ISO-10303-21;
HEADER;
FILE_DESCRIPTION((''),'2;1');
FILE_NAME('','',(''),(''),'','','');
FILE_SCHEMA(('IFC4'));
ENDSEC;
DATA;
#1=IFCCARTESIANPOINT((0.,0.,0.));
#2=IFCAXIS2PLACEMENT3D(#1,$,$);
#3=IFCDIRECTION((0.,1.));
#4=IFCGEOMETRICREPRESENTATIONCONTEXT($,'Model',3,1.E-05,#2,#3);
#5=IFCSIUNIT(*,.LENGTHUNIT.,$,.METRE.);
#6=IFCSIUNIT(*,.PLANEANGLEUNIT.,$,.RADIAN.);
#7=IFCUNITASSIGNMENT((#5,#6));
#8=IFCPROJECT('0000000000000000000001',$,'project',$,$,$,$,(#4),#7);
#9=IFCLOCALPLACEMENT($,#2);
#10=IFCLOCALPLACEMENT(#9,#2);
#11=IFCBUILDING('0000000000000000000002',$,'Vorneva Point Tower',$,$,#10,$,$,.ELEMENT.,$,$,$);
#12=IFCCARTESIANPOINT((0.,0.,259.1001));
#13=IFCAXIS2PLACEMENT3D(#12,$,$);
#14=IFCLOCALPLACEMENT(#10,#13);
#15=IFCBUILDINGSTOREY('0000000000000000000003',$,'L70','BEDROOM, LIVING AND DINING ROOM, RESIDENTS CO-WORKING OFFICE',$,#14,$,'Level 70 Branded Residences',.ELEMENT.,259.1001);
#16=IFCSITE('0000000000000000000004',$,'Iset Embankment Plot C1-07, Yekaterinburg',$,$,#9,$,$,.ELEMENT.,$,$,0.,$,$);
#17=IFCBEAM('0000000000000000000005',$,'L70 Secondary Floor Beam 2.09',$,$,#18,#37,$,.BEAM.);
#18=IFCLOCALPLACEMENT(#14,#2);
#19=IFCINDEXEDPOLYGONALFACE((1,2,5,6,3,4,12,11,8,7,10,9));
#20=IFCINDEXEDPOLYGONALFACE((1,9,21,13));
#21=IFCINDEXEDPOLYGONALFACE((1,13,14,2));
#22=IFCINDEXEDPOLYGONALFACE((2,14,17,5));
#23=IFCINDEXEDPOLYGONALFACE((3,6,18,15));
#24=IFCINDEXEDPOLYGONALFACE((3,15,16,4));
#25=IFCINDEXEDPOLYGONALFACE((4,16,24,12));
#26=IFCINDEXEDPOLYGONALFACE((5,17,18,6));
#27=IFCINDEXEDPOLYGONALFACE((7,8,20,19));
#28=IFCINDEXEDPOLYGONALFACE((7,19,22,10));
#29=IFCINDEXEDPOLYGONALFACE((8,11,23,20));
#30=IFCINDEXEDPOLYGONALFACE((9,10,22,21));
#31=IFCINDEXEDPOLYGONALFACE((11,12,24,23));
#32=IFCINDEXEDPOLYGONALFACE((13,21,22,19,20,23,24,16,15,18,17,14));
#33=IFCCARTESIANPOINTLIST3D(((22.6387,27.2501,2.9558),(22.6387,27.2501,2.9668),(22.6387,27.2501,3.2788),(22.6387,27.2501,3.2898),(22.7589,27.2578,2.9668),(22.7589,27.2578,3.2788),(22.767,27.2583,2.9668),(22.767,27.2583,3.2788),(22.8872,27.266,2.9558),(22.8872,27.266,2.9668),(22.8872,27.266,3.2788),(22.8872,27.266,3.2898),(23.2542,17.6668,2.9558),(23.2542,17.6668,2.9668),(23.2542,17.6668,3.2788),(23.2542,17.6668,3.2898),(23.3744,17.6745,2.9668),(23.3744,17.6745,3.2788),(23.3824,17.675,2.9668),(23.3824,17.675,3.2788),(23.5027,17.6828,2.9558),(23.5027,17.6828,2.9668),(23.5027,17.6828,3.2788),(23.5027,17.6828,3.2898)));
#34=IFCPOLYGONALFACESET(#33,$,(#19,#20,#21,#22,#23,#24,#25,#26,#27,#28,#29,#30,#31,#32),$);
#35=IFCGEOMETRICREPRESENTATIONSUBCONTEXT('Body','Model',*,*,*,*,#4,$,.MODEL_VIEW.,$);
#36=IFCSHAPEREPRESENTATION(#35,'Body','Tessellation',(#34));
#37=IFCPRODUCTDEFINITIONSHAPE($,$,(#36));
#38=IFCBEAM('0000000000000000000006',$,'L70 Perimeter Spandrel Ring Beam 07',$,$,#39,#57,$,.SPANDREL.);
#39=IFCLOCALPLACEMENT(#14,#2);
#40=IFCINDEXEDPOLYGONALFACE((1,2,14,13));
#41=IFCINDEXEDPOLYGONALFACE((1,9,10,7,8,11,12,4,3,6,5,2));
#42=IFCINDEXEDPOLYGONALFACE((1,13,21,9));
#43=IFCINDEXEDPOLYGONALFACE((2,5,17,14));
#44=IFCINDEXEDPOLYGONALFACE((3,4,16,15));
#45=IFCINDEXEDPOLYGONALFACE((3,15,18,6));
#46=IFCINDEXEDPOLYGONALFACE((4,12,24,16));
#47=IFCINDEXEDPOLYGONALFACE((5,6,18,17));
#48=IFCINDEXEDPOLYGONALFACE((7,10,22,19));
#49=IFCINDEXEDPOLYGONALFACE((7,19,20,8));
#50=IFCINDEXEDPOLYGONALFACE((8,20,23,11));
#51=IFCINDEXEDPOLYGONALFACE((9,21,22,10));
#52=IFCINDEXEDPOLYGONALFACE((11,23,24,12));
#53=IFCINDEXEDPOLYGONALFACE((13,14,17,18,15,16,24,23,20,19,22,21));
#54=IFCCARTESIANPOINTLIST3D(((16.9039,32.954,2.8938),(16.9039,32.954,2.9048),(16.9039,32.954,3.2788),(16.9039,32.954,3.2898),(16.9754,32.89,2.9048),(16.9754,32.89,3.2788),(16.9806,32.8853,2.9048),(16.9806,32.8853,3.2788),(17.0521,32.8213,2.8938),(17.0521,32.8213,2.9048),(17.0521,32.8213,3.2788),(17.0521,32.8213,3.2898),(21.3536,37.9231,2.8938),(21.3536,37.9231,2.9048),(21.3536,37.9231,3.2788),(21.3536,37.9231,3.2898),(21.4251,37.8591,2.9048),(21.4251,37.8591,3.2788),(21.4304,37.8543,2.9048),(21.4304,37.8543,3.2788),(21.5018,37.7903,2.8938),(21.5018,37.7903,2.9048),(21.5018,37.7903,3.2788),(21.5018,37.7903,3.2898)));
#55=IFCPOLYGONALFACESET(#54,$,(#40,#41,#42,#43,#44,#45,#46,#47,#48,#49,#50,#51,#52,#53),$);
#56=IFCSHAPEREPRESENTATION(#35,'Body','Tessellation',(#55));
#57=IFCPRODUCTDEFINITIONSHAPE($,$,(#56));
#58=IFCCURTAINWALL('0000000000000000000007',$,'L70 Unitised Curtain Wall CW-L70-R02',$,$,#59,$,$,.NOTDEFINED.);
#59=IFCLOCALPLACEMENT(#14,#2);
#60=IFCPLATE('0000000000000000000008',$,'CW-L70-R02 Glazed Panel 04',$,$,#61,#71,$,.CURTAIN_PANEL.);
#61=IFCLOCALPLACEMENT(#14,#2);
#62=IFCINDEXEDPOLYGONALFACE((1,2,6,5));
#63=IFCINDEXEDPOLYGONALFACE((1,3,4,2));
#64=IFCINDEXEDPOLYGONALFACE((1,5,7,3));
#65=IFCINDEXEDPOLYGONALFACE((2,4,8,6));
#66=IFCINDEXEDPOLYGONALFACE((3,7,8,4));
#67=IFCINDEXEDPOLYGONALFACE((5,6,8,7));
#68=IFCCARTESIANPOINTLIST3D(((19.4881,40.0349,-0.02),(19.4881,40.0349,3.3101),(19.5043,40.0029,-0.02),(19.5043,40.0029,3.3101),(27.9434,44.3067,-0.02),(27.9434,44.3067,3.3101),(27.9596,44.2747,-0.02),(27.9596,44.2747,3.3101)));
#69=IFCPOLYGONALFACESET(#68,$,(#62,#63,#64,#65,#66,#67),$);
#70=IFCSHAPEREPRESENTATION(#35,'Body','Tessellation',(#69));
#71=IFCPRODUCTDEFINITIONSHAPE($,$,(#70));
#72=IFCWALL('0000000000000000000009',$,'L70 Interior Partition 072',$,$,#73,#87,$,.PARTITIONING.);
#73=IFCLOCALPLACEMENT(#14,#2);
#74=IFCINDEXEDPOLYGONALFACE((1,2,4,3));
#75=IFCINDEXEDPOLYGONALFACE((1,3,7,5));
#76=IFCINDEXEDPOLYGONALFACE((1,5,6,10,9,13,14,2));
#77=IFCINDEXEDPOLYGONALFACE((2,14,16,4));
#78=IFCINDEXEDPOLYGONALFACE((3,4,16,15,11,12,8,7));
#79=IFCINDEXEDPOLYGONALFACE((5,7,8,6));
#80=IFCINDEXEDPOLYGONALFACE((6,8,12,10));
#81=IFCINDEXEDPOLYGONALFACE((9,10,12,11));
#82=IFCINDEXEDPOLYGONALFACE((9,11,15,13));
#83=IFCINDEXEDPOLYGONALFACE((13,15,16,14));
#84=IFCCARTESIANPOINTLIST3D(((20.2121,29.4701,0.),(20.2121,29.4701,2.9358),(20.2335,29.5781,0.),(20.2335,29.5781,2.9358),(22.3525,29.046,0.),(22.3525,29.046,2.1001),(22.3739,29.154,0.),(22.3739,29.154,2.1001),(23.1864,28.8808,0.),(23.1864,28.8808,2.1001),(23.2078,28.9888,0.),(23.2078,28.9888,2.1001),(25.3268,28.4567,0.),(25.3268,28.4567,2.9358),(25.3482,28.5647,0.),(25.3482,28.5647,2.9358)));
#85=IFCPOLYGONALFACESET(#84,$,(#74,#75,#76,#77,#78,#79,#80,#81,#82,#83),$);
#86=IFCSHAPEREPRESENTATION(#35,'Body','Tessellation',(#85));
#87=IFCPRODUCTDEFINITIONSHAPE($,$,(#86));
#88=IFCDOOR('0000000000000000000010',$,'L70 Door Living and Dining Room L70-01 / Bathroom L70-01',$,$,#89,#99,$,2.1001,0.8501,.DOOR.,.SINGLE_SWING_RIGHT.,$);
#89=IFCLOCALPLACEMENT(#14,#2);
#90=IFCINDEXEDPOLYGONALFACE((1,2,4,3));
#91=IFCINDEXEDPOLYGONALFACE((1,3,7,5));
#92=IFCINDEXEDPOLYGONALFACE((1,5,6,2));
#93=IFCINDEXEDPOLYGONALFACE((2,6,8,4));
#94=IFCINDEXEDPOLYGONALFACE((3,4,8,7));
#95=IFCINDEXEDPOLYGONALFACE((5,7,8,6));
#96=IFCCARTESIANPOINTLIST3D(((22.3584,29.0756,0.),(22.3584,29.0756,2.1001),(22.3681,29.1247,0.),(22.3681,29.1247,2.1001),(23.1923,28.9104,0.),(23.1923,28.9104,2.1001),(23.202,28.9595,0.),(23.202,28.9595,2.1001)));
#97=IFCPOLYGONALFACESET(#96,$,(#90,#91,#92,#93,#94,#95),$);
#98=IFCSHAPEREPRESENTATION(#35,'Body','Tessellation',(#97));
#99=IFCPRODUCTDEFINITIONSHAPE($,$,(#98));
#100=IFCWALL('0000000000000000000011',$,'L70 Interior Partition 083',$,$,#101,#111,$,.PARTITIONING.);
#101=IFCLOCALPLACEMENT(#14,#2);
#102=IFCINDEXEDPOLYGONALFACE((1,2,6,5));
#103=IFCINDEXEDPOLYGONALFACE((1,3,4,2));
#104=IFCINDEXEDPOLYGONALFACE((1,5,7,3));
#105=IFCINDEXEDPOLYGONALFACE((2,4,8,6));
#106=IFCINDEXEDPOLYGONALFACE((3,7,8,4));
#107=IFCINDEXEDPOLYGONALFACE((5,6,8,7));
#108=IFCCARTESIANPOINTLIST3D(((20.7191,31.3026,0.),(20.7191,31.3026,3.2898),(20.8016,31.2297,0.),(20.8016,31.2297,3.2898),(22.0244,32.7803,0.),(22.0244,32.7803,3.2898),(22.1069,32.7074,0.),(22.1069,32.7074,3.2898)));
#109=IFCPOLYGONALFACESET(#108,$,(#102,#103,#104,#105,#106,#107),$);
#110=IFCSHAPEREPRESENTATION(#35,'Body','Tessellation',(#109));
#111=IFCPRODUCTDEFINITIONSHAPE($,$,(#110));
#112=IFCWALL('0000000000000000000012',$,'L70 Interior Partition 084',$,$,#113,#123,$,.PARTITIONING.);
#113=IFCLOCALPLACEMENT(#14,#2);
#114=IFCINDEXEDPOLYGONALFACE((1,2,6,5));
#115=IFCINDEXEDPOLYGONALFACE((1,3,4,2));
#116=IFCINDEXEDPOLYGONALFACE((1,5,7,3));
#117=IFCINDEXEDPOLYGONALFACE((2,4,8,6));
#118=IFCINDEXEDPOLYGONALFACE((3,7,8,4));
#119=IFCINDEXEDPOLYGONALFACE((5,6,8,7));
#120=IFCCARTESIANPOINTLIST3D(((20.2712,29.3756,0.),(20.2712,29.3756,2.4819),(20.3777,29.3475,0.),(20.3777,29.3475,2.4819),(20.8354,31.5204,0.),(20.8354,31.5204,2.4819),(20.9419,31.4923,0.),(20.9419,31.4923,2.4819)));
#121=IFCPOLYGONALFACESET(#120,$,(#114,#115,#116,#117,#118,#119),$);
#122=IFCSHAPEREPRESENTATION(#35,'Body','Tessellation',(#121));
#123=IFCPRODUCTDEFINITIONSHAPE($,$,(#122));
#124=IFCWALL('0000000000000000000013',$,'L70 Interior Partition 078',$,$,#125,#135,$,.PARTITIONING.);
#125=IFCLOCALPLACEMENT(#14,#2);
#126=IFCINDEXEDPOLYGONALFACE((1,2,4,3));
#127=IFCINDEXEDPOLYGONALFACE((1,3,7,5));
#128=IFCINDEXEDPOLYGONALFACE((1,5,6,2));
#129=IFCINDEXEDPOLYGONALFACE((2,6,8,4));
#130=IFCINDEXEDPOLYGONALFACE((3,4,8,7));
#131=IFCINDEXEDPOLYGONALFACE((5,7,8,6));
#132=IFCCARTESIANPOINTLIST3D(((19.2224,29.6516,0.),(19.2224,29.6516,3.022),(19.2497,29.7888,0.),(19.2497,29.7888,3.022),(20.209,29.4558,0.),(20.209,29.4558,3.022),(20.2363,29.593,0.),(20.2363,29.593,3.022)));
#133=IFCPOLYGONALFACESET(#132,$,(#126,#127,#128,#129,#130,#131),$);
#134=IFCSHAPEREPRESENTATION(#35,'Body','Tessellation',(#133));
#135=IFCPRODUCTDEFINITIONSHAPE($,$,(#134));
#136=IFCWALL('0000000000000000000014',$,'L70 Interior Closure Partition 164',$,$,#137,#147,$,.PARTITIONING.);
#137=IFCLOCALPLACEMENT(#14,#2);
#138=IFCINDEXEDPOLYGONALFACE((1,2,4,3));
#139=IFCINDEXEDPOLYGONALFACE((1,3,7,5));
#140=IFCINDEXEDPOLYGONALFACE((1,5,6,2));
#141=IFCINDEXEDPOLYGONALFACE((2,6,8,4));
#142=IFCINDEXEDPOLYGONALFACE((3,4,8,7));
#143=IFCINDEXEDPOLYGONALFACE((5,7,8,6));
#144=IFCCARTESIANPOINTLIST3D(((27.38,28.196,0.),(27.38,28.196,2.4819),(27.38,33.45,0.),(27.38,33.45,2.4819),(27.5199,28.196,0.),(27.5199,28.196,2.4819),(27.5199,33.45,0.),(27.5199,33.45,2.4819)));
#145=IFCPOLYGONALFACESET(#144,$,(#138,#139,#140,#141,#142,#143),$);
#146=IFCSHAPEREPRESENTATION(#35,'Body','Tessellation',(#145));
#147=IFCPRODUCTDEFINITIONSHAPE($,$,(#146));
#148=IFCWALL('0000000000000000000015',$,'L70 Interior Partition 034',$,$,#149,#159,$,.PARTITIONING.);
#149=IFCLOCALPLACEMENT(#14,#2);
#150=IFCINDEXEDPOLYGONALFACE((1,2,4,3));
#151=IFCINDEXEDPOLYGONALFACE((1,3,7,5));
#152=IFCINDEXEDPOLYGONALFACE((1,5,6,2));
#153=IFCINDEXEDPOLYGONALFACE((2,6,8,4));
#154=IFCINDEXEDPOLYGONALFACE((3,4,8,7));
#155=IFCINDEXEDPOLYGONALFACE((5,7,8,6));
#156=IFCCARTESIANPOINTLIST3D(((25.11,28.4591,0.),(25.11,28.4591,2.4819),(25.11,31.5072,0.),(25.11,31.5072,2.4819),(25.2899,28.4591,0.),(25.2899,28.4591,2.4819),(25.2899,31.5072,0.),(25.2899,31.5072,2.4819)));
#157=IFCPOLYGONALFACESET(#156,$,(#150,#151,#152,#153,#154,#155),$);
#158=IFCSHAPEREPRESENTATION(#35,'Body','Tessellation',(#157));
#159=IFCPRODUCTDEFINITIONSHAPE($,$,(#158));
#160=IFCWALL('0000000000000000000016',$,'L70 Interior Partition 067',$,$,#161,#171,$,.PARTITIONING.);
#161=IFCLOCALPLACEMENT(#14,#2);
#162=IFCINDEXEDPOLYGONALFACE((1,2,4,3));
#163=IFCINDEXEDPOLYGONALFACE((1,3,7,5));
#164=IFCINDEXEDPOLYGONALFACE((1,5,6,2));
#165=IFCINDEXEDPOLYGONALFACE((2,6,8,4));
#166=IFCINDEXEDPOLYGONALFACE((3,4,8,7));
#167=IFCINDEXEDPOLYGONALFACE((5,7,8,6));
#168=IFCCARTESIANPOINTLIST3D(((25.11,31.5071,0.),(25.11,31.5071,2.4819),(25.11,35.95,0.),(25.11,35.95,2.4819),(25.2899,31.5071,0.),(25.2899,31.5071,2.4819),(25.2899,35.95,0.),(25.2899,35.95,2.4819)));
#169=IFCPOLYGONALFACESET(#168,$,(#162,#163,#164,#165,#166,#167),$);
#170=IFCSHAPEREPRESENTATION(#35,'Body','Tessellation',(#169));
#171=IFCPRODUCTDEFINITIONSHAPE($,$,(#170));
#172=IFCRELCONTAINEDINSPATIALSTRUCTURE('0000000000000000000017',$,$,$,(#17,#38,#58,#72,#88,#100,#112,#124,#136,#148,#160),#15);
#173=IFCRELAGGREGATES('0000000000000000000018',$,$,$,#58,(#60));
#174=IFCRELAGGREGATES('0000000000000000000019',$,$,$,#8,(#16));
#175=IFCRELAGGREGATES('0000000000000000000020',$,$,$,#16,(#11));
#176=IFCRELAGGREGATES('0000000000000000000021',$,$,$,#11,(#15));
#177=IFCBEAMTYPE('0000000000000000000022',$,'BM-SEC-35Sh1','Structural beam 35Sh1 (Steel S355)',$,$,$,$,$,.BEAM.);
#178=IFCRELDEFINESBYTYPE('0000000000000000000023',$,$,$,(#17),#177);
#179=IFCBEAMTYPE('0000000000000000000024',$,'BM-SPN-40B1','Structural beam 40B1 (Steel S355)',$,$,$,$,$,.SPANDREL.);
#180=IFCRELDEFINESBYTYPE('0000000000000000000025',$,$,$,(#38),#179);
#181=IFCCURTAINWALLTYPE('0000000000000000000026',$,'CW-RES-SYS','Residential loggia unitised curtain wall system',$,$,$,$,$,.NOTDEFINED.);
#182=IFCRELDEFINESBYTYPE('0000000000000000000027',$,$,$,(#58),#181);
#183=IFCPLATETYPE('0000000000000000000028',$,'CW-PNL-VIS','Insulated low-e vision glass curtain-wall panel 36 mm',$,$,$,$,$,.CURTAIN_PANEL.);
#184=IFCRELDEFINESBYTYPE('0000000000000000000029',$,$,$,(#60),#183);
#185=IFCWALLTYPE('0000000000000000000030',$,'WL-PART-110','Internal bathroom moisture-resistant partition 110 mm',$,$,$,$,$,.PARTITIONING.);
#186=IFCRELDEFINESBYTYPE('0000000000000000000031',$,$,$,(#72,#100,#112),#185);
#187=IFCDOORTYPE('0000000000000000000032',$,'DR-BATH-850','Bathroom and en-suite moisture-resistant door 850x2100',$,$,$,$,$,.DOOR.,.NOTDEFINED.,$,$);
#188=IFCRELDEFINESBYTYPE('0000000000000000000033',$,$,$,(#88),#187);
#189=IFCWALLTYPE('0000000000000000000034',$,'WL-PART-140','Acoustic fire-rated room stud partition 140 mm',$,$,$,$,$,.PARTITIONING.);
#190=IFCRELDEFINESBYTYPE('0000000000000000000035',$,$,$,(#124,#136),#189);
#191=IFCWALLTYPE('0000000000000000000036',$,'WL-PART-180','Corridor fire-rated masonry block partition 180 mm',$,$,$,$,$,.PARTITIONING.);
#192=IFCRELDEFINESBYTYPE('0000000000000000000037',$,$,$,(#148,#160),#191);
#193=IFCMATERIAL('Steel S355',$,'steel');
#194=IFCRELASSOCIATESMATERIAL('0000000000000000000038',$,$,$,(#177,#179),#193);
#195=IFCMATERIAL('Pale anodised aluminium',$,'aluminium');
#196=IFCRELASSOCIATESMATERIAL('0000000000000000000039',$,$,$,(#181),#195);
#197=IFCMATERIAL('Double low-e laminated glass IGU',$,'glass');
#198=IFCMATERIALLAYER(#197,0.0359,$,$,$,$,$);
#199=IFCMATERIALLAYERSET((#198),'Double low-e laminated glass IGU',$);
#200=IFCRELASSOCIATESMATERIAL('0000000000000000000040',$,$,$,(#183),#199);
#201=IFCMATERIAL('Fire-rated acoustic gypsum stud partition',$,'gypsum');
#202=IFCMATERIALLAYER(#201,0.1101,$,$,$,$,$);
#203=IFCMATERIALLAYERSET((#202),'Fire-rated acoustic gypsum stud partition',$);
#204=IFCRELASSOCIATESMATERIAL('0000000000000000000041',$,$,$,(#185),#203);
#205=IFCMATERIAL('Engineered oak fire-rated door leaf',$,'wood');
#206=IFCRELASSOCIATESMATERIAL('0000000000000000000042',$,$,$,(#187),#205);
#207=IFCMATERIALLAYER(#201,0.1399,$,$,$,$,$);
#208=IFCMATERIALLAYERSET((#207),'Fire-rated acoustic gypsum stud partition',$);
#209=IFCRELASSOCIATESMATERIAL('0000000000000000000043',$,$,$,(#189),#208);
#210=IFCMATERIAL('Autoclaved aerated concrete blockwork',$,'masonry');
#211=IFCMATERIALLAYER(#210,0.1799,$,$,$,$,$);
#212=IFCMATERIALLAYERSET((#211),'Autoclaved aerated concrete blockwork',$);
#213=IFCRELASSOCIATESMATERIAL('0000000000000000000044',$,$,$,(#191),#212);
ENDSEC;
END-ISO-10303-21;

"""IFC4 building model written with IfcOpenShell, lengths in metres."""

from ifc_helpers import new_model, si_unit, direction, frame, frame_2d, origin, origin_2d, place, context, subcontext, project, spatial, rectangle, i_section, extrude, material, layer, layer_set, material_profile, profile_set, type_object, element, fill, aggregate, save


model = new_model("IFC4")

# Units and contexts
model_context = context("Model", 3, precision=1e-05, world=origin(), true_north=direction((0.0, 1.0)))
body_context = subcontext(model_context, "Body", "Model", "MODEL_VIEW")
ifc_project = project(units=[si_unit("LENGTHUNIT", "METRE"), si_unit("PLANEANGLEUNIT", "RADIAN")], contexts=[model_context])

# Site, building, storey
site_placement = place(None, origin())
site = spatial("IfcSite", under=ifc_project, at=site_placement, Name="Iset Embankment Plot C1-07, Yekaterinburg", CompositionType="ELEMENT", RefElevation=0.0)
building_placement = place(site_placement, origin())
building = spatial("IfcBuilding", under=site, at=building_placement, Name="Vorneva Point Tower", CompositionType="ELEMENT")
storey_placement = place(building_placement, frame((0.0, 0.0, 259.1001)))
storey = spatial("IfcBuildingStorey", under=building, at=storey_placement, Name="L70", Description="BEDROOM, LIVING AND DINING ROOM, RESIDENTS CO-WORKING OFFICE", LongName="Level 70 Branded Residences", CompositionType="ELEMENT", Elevation=259.1001)

# Beams
ifc_material_1 = material(Name="Steel S355", Category="steel")
ifc_material_profile_1 = material_profile(ifc_material_1, i_section(OverallWidth=0.249, OverallDepth=0.334, WebThickness=0.0081, FlangeThickness=0.011, at=origin_2d()), Name="35Sh1")
ifc_profile_set_1 = profile_set([ifc_material_profile_1], Name="Steel S355")
beam_type_1 = type_object("IfcBeamType", Name="BM-SEC-35Sh1", Description="Structural beam 35Sh1 (Steel S355)", PredefinedType="BEAM", material=ifc_profile_set_1)
beam_1_placement = place(storey_placement, frame((22.7629, 27.2581, 3.1228), z_axis=(0.064092, -0.997944, 0.0), x_axis=(0.997944, 0.064092, 0.0)))
element("IfcBeam", 1, at=beam_1_placement, inside=storey, type_object=beam_type_1, Name="L70 Secondary Floor Beam 2.09", PredefinedType="BEAM", context=body_context, shape_type="SweptSolid", body=[
    extrude(i_section(OverallWidth=0.249, OverallDepth=0.334, WebThickness=0.0081, FlangeThickness=0.011, at=origin_2d()), origin(), (0.0, 0.0, 1.0), 9.603),
])
ifc_material_profile_2 = material_profile(ifc_material_1, i_section(OverallWidth=0.199, OverallDepth=0.396, WebThickness=0.0071, FlangeThickness=0.011, at=origin_2d()), Name="40B1")
ifc_profile_set_2 = profile_set([ifc_material_profile_2], Name="Steel S355")
beam_type_2 = type_object("IfcBeamType", Name="BM-SPN-40B1", Description="Structural beam 40B1 (Steel S355)", PredefinedType="SPANDREL", material=ifc_profile_set_2)
beam_2_placement = place(storey_placement, frame((21.4277, 37.8567, 3.0918), z_axis=(-0.667108, -0.744961, 0.0), x_axis=(0.744961, -0.667108, 0.0)))
element("IfcBeam", 2, at=beam_2_placement, inside=storey, type_object=beam_type_2, Name="L70 Perimeter Spandrel Ring Beam 07", PredefinedType="SPANDREL", context=body_context, shape_type="SweptSolid", body=[
    extrude(i_section(OverallWidth=0.199, OverallDepth=0.396, WebThickness=0.0071, FlangeThickness=0.011, at=origin_2d()), origin(), (0.0, 0.0, 1.0), 6.6702),
])

# Curtain wall, plate
ifc_material_2 = material(Name="Pale anodised aluminium", Category="aluminium")
curtain_wall_type = type_object("IfcCurtainWallType", Name="CW-RES-SYS", Description="Residential loggia unitised curtain wall system", PredefinedType="NOTDEFINED", material=ifc_material_2)
curtain_wall_placement = place(storey_placement, origin())
curtain_wall = element("IfcCurtainWall", 3, at=curtain_wall_placement, inside=storey, type_object=curtain_wall_type, Name="L70 Unitised Curtain Wall CW-L70-R02", PredefinedType="NOTDEFINED")
ifc_material_3 = material(Name="Double low-e laminated glass IGU", Category="glass")
ifc_layer_1 = layer(ifc_material_3, 0.0359)
ifc_layer_set_1 = layer_set([ifc_layer_1], Name="Double low-e laminated glass IGU")
plate_type = type_object("IfcPlateType", Name="CW-PNL-VIS", Description="Insulated low-e vision glass curtain-wall panel 36 mm", PredefinedType="CURTAIN_PANEL", material=ifc_layer_set_1)
plate_placement = place(storey_placement, frame((23.7239, 42.1548, -0.02), z_axis=(0.0, 0.0, 1.0), x_axis=(-0.892554, -0.45094, 0.0)))
plate = element("IfcPlate", 4, at=plate_placement, type_object=plate_type, Name="CW-L70-R02 Glazed Panel 04", PredefinedType="CURTAIN_PANEL", context=body_context, shape_type="SweptSolid", body=[
    extrude(rectangle(XDim=9.4731, YDim=0.0359, at=origin_2d()), origin(), (0.0, 0.0, 1.0), 3.3301),
])
aggregate(curtain_wall, [plate])

# Wall, opening, door
ifc_material_4 = material(Name="Fire-rated acoustic gypsum stud partition", Category="gypsum")
ifc_layer_2 = layer(ifc_material_4, 0.1101)
ifc_layer_set_2 = layer_set([ifc_layer_2], Name="Fire-rated acoustic gypsum stud partition")
wall_type_1 = type_object("IfcWallType", Name="WL-PART-110", Description="Internal bathroom moisture-resistant partition 110 mm", PredefinedType="PARTITIONING", material=ifc_layer_set_2)
wall_1_placement = place(storey_placement, frame((25.3374, 28.5107, 0.0), z_axis=(0.0, 0.0, 1.0), x_axis=(-0.98093, 0.19436, 0.0)))
wall_1 = element("IfcWall", 5, at=wall_1_placement, inside=storey, type_object=wall_type_1, Name="L70 Interior Partition 072", PredefinedType="PARTITIONING", context=body_context, shape_type="SweptSolid", body=[
    extrude(rectangle(XDim=5.2141, YDim=0.1101, at=frame_2d((2.6069, 0.0))), origin(), (0.0, 0.0, 1.0), 2.9358),
])
opening_1_placement = place(wall_1_placement, frame((2.1819, 0.0, 0.0)))
opening_1 = element("IfcOpeningElement", 6, at=opening_1_placement, cuts=wall_1, PredefinedType="OPENING", context=body_context, shape_type="SweptSolid", body=[
    extrude(rectangle(XDim=0.8501, YDim=2.1001, at=frame_2d((0.425, 1.05))), frame((0.0, 0.0698, 0.0), z_axis=(0.0, -1.0, 0.0), x_axis=(1.0, 0.0, 0.0)), (0.0, 0.0, 1.0), 0.1399),
])
ifc_material_5 = material(Name="Engineered oak fire-rated door leaf", Category="wood")
door_type_1 = type_object("IfcDoorType", Name="DR-BATH-850", Description="Bathroom and en-suite moisture-resistant door 850x2100", OperationType="NOTDEFINED", PredefinedType="DOOR", material=ifc_material_5)
door_1_placement = place(opening_1_placement, origin())
door_1 = element("IfcDoor", 7, at=door_1_placement, inside=storey, type_object=door_type_1, Name="L70 Door Living and Dining Room L70-01 / Bathroom L70-01", OperationType="SINGLE_SWING_RIGHT", OverallHeight=2.1001, OverallWidth=0.8501, PredefinedType="DOOR", context=body_context, shape_type="SweptSolid", body=[
    extrude(rectangle(XDim=0.8501, YDim=2.1001, at=frame_2d((0.425, 1.05))), frame((0.0, 0.0249, 0.0), z_axis=(0.0, -1.0, 0.0), x_axis=(1.0, 0.0, 0.0)), (0.0, 0.0, 1.0), 0.05),
])
fill(opening_1, door_1)

# Walls
wall_2_placement = place(storey_placement, frame((22.0657, 32.7439, 0.0), z_axis=(0.0, 0.0, 1.0), x_axis=(-0.662047, -0.749462, 0.0)))
element("IfcWall", 8, at=wall_2_placement, inside=storey, type_object=wall_type_1, Name="L70 Interior Partition 083", PredefinedType="PARTITIONING", context=body_context, shape_type="SweptSolid", body=[
    extrude(rectangle(XDim=1.9717, YDim=0.1101, at=frame_2d((0.9858, 0.0))), origin(), (0.0, 0.0, 1.0), 3.2898),
])
wall_3_placement = place(storey_placement, frame((20.8887, 31.5063, 0.0), z_axis=(0.0, 0.0, 1.0), x_axis=(-0.254407, -0.967097, 0.0)))
element("IfcWall", 9, at=wall_3_placement, inside=storey, type_object=wall_type_1, Name="L70 Interior Partition 084", PredefinedType="PARTITIONING", context=body_context, shape_type="SweptSolid", body=[
    extrude(rectangle(XDim=2.2178, YDim=0.1101, at=frame_2d((1.1089, 0.0))), origin(), (0.0, 0.0, 1.0), 2.4819),
])
ifc_layer_3 = layer(ifc_material_4, 0.1399)
ifc_layer_set_3 = layer_set([ifc_layer_3], Name="Fire-rated acoustic gypsum stud partition")
wall_type_2 = type_object("IfcWallType", Name="WL-PART-140", Description="Acoustic fire-rated room stud partition 140 mm", PredefinedType="PARTITIONING", material=ifc_layer_set_3)
wall_4_placement = place(storey_placement, frame((20.2227, 29.5244, 0.0), z_axis=(0.0, 0.0, 1.0), x_axis=(-0.980869, 0.194669, 0.0)))
element("IfcWall", 10, at=wall_4_placement, inside=storey, type_object=wall_type_2, Name="L70 Interior Partition 078", PredefinedType="PARTITIONING", context=body_context, shape_type="SweptSolid", body=[
    extrude(rectangle(XDim=1.0059, YDim=0.1399, at=frame_2d((0.5029, 0.0))), origin(), (0.0, 0.0, 1.0), 3.022),
])
wall_5_placement = place(storey_placement, frame((27.45, 33.45, 0.0), z_axis=(0.0, 0.0, 1.0), x_axis=(0.0, -1.0, 0.0)))
element("IfcWall", 11, at=wall_5_placement, inside=storey, type_object=wall_type_2, Name="L70 Interior Closure Partition 164", PredefinedType="PARTITIONING", context=body_context, shape_type="SweptSolid", body=[
    extrude(rectangle(XDim=5.2539, YDim=0.1399, at=frame_2d((2.627, 0.0))), origin(), (0.0, 0.0, 1.0), 2.4819),
])

# Shared definitions
ifc_material_6 = material(Name="Autoclaved aerated concrete blockwork", Category="masonry")
ifc_layer_4 = layer(ifc_material_6, 0.1799)
ifc_layer_set_4 = layer_set([ifc_layer_4], Name="Autoclaved aerated concrete blockwork")
wall_type_3 = type_object("IfcWallType", Name="WL-PART-180", Description="Corridor fire-rated masonry block partition 180 mm", PredefinedType="PARTITIONING", material=ifc_layer_set_4)

# Walls
wall_6_placement = place(storey_placement, frame((25.2, 31.5071, 0.0), z_axis=(0.0, 0.0, 1.0), x_axis=(0.0, -1.0, 0.0)))
element("IfcWall", 12, at=wall_6_placement, inside=storey, type_object=wall_type_3, Name="L70 Interior Partition 034", PredefinedType="PARTITIONING", context=body_context, shape_type="SweptSolid", body=[
    extrude(rectangle(XDim=3.0481, YDim=0.1799, at=frame_2d((1.5239, 0.0))), origin(), (0.0, 0.0, 1.0), 2.4819),
])
wall_7_placement = place(storey_placement, frame((25.2, 35.95, 0.0), z_axis=(0.0, 0.0, 1.0), x_axis=(0.0, -1.0, 0.0)))
element("IfcWall", 13, at=wall_7_placement, inside=storey, type_object=wall_type_3, Name="L70 Interior Partition 067", PredefinedType="PARTITIONING", context=body_context, shape_type="SweptSolid", body=[
    extrude(rectangle(XDim=4.4429, YDim=0.1799, at=frame_2d((2.2214, 0.0))), origin(), (0.0, 0.0, 1.0), 2.4819),
])

save(model, "model.ifc")
